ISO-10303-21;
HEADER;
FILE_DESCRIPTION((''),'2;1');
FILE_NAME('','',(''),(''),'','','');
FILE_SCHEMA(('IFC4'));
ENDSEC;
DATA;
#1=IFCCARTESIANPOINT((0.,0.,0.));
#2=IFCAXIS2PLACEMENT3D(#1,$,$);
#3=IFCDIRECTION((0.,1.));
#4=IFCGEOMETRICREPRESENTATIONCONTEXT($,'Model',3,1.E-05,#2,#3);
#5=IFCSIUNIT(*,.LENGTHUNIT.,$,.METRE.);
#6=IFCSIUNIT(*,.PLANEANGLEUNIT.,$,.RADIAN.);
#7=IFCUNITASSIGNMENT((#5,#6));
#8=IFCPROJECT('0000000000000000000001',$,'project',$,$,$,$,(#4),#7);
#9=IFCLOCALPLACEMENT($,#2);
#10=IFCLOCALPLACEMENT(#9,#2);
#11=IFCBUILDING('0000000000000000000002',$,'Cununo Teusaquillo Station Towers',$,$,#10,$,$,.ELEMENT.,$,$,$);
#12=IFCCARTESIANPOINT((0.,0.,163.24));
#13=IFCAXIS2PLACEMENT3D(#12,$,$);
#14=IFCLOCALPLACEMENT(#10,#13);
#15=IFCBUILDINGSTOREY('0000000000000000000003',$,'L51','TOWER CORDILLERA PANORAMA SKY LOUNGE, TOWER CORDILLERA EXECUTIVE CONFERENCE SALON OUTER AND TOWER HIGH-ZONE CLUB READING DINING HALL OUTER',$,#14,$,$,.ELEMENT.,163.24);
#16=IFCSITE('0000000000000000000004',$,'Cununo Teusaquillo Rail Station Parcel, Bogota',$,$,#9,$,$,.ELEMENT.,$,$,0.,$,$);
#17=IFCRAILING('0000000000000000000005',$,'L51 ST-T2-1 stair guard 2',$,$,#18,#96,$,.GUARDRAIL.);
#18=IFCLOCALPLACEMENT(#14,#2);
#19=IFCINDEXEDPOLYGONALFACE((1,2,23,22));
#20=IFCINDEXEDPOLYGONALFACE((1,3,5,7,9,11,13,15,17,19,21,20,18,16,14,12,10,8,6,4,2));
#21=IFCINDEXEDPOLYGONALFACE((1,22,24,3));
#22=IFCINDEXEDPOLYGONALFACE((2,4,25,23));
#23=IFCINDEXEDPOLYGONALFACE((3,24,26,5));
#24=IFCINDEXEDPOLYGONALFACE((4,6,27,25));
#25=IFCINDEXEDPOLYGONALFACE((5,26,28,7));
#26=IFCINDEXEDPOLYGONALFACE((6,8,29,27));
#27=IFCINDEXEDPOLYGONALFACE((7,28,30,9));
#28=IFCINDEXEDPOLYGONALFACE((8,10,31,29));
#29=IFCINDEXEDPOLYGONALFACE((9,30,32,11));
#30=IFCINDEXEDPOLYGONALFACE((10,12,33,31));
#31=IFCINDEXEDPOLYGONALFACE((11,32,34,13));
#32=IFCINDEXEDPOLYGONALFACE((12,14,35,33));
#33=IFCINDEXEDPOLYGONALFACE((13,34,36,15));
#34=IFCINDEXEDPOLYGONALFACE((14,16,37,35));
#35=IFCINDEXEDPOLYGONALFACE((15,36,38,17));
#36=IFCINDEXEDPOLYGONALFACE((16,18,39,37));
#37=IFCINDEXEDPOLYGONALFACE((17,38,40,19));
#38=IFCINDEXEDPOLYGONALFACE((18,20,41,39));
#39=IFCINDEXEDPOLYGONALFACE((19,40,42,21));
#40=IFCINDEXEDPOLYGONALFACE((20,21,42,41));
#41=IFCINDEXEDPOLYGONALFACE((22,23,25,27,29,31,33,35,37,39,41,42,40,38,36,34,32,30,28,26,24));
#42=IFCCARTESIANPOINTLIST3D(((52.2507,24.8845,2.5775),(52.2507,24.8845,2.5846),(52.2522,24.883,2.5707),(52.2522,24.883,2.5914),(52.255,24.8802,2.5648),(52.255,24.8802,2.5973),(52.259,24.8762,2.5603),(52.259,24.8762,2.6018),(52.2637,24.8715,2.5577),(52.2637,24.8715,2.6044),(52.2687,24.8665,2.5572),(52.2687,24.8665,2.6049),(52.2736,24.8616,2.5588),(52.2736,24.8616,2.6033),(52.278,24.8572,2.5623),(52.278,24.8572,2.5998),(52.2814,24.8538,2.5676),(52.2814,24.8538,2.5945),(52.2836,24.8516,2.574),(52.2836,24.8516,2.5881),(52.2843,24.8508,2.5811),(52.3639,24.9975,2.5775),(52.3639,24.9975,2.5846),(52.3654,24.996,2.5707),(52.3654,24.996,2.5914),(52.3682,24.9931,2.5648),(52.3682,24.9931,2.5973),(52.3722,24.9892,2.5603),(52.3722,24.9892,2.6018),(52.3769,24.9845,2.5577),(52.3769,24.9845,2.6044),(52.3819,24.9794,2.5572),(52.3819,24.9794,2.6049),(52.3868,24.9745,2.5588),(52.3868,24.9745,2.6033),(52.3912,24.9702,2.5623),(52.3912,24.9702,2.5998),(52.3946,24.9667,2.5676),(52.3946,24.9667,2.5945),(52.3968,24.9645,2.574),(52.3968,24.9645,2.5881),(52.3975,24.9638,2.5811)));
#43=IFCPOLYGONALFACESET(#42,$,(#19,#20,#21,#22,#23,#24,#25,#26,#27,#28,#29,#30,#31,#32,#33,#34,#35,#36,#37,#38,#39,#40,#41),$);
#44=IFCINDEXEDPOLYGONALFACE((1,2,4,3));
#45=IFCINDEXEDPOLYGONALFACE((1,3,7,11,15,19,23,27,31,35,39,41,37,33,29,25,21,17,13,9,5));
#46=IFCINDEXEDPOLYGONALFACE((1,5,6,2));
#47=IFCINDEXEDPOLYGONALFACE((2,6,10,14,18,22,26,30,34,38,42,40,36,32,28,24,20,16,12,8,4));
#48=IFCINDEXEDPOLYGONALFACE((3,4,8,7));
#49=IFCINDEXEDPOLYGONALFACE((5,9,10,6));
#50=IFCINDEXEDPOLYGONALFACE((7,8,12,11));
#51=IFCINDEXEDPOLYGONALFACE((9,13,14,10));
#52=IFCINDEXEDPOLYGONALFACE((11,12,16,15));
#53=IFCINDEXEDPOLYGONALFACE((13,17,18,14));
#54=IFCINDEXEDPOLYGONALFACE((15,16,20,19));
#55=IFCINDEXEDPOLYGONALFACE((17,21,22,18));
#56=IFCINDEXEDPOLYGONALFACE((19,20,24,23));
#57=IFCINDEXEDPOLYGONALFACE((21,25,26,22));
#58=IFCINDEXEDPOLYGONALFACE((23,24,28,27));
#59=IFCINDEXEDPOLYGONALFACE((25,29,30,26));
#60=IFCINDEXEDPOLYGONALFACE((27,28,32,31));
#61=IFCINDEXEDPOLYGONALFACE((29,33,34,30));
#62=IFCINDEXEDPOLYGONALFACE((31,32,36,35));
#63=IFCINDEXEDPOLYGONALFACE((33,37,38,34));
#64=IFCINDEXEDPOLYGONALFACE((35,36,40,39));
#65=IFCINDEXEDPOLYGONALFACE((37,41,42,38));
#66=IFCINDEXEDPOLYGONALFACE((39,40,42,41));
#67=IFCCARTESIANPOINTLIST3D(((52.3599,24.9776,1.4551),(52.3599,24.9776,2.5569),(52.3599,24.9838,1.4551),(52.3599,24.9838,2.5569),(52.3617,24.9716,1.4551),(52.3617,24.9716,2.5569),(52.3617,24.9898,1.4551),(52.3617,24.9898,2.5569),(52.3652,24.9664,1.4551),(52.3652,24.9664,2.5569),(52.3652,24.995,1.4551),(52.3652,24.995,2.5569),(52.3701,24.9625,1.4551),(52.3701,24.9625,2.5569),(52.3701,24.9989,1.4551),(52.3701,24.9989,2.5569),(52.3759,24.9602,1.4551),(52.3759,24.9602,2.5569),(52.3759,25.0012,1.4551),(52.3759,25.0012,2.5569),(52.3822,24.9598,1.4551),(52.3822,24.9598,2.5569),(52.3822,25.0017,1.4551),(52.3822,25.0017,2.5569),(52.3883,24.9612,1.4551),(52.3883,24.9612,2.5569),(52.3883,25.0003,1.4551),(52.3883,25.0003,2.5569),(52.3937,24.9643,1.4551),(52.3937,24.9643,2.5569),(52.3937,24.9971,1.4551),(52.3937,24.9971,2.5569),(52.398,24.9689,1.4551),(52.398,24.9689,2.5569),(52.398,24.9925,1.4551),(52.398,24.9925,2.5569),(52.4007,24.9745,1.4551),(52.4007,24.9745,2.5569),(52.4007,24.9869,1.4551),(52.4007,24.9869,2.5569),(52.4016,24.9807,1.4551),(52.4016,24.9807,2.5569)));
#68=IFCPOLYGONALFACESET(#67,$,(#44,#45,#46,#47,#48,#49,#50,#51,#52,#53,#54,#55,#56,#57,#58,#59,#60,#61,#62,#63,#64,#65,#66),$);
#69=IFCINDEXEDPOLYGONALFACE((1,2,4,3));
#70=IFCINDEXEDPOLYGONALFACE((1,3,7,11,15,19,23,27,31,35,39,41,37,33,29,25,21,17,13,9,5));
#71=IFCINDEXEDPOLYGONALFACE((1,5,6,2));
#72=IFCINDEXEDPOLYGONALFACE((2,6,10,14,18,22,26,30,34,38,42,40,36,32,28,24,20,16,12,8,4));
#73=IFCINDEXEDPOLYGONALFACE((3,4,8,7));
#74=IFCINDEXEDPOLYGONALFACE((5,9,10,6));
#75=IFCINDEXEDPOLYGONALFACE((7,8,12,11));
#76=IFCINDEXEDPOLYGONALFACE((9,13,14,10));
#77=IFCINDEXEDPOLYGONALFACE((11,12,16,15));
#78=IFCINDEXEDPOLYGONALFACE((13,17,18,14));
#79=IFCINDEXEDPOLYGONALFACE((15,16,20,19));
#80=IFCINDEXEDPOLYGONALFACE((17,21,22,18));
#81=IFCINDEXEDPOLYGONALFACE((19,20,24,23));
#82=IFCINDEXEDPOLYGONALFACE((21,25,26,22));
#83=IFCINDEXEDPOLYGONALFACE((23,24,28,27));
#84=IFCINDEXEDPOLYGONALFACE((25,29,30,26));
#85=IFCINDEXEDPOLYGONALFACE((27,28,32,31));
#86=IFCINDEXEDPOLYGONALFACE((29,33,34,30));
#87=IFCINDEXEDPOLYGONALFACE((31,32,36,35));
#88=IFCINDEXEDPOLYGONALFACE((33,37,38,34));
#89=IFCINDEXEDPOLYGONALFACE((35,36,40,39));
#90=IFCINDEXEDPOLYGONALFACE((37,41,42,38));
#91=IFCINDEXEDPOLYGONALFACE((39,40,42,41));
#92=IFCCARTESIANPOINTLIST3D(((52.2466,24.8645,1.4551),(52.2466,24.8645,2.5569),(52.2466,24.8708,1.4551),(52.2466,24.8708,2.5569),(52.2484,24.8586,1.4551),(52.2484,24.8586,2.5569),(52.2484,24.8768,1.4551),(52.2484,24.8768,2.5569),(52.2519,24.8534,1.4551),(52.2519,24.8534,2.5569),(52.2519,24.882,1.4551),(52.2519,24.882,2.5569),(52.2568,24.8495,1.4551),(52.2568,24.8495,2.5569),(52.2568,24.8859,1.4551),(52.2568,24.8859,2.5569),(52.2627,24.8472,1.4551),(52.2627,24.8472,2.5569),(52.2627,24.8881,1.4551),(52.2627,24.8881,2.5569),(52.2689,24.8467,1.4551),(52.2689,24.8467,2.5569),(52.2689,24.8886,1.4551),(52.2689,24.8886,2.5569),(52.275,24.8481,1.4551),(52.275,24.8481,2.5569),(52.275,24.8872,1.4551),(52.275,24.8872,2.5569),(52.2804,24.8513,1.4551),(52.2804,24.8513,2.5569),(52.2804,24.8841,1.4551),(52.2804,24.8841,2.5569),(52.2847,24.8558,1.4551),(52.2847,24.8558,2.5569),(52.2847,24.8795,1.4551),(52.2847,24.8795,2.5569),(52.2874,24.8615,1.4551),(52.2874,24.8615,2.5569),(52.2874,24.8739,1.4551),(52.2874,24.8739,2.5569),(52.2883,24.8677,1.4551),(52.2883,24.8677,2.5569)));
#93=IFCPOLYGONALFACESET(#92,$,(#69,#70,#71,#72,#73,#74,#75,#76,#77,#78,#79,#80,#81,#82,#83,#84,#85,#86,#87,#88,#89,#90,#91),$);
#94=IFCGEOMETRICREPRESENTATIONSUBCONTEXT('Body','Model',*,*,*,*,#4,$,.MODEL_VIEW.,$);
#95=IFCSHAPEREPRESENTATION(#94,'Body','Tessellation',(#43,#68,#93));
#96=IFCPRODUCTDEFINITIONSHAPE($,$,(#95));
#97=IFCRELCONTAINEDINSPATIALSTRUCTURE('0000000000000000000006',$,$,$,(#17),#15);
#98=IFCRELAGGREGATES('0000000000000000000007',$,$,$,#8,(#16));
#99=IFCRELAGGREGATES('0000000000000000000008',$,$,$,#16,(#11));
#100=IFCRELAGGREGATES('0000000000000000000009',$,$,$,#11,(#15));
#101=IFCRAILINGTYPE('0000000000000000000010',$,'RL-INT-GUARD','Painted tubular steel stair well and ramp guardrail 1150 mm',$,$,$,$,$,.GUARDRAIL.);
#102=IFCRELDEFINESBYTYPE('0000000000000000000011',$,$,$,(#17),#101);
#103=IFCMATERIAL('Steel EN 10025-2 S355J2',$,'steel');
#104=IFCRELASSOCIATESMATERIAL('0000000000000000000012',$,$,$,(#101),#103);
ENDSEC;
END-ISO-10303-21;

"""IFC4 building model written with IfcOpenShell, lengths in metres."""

from ifc_helpers import new_model, si_unit, direction, frame, origin, origin_2d, place, context, subcontext, project, spatial, circle, extrude, material, type_object, element, save


model = new_model("IFC4")

# Units and contexts
model_context = context("Model", 3, precision=1e-05, world=origin(), true_north=direction((0.0, 1.0)))
body_context = subcontext(model_context, "Body", "Model", "MODEL_VIEW")
ifc_project = project(units=[si_unit("LENGTHUNIT", "METRE"), si_unit("PLANEANGLEUNIT", "RADIAN")], contexts=[model_context])

# Site, building, storey
site_placement = place(None, origin())
site = spatial("IfcSite", under=ifc_project, at=site_placement, Name="Cununo Teusaquillo Rail Station Parcel, Bogota", CompositionType="ELEMENT", RefElevation=0.0)
building_placement = place(site_placement, origin())
building = spatial("IfcBuilding", under=site, at=building_placement, Name="Cununo Teusaquillo Station Towers", CompositionType="ELEMENT")
storey_placement = place(building_placement, frame((0.0, 0.0, 163.24)))
storey = spatial("IfcBuildingStorey", under=building, at=storey_placement, Name="L51", Description="TOWER CORDILLERA PANORAMA SKY LOUNGE, TOWER CORDILLERA EXECUTIVE CONFERENCE SALON OUTER AND TOWER HIGH-ZONE CLUB READING DINING HALL OUTER", CompositionType="ELEMENT", Elevation=163.24)

# Railing
ifc_material_1 = material(Name="Steel EN 10025-2 S355J2", Category="steel")
railing_type_1 = type_object("IfcRailingType", Name="RL-INT-GUARD", Description="Painted tubular steel stair well and ramp guardrail 1150 mm", PredefinedType="GUARDRAIL", material=ifc_material_1)
railing_1_placement = place(storey_placement, frame((52.3806, 24.9807, 1.4551)))
element("IfcRailing", 1, at=railing_1_placement, inside=storey, type_object=railing_type_1, Name="L51 ST-T2-1 stair guard 2", PredefinedType="GUARDRAIL", context=body_context, shape_type="SweptSolid", body=[
    extrude(circle(Radius=0.0239, at=origin_2d()), frame((0.0, 0.0, 1.126), z_axis=(-0.707869, -0.706344, 0.0), x_axis=(0.706344, -0.707869, 0.0)), (0.0, 0.0, 1.0), 0.1599),
    extrude(circle(Radius=0.021, at=origin_2d()), origin(), (0.0, 0.0, 1.0), 1.1018),
    extrude(circle(Radius=0.021, at=origin_2d()), frame((-0.1133, -0.113, 0.0)), (0.0, 0.0, 1.0), 1.1018),
])

save(model, "model.ifc")
